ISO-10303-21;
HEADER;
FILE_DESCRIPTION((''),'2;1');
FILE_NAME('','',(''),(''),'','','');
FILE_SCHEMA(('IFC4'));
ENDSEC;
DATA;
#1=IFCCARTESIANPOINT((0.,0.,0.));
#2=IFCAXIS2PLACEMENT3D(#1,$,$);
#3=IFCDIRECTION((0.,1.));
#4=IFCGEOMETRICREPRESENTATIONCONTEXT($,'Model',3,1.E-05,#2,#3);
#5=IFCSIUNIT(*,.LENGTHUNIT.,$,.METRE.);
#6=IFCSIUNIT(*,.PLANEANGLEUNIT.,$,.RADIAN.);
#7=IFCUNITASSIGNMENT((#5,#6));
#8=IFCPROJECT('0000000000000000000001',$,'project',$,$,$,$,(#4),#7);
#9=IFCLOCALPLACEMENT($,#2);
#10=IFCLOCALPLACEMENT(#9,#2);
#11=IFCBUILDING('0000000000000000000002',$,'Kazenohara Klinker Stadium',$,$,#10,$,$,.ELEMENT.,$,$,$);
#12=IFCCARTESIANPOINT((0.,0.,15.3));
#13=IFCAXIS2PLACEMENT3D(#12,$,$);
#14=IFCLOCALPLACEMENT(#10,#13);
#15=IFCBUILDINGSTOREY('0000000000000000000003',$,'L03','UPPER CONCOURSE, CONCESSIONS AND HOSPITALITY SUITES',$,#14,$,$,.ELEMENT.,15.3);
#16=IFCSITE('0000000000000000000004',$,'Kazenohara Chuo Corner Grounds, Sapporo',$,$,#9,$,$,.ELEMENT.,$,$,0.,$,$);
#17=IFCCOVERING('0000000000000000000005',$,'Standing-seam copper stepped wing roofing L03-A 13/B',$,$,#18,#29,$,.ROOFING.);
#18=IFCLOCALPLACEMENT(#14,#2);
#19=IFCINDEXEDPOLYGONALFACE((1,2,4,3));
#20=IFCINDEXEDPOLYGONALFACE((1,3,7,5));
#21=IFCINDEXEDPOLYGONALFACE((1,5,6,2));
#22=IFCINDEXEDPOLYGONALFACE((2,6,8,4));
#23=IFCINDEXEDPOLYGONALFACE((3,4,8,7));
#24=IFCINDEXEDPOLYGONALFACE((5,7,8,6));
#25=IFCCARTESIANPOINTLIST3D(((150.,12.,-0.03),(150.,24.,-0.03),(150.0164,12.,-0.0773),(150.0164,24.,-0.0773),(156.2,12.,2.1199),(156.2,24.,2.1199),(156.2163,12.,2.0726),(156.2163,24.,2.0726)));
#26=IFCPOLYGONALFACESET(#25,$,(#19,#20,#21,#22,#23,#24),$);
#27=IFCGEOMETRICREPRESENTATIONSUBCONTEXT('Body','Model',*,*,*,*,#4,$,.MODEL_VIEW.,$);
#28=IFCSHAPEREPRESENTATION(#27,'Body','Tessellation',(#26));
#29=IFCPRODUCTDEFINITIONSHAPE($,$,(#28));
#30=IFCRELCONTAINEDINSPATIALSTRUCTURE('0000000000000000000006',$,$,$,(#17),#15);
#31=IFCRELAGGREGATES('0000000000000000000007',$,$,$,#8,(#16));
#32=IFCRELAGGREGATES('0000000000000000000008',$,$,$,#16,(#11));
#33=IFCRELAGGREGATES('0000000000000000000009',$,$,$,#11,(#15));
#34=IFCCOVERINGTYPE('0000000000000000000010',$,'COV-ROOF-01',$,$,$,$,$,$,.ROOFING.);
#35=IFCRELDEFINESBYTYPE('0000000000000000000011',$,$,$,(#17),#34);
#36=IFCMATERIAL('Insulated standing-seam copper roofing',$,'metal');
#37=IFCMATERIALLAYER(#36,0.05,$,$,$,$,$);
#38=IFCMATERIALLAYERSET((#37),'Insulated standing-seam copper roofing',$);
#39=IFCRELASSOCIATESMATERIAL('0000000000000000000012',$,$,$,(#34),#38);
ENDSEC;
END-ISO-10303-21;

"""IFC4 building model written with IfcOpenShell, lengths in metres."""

from ifc_helpers import new_model, si_unit, direction, frame, origin, place, context, subcontext, project, spatial, polyline, outline, extrude, material, layer, layer_set, type_object, element, save


model = new_model("IFC4")

# Units and contexts
model_context = context("Model", 3, precision=1e-05, world=origin(), true_north=direction((0.0, 1.0)))
body_context = subcontext(model_context, "Body", "Model", "MODEL_VIEW")
ifc_project = project(units=[si_unit("LENGTHUNIT", "METRE"), si_unit("PLANEANGLEUNIT", "RADIAN")], contexts=[model_context])

# Site, building, storey
site_placement = place(None, origin())
site = spatial("IfcSite", under=ifc_project, at=site_placement, Name="Kazenohara Chuo Corner Grounds, Sapporo", CompositionType="ELEMENT", RefElevation=0.0)
building_placement = place(site_placement, origin())
building = spatial("IfcBuilding", under=site, at=building_placement, Name="Kazenohara Klinker Stadium", CompositionType="ELEMENT")
storey_placement = place(building_placement, frame((0.0, 0.0, 15.3)))
storey = spatial("IfcBuildingStorey", under=building, at=storey_placement, Name="L03", Description="UPPER CONCOURSE, CONCESSIONS AND HOSPITALITY SUITES", CompositionType="ELEMENT", Elevation=15.3)

# Covering
ifc_material_1 = material(Name="Insulated standing-seam copper roofing", Category="metal")
ifc_layer_1 = layer(ifc_material_1, 0.05)
ifc_layer_set_1 = layer_set([ifc_layer_1], Name="Insulated standing-seam copper roofing")
covering_type = type_object("IfcCoveringType", Name="COV-ROOF-01", PredefinedType="ROOFING", material=ifc_layer_set_1)
covering_placement = place(storey_placement, frame((150.0, 12.0, -0.03), z_axis=(-0.327623, 0.0, 0.944809), x_axis=(0.944809, 0.0, 0.327623)))
element("IfcCovering", 1, at=covering_placement, inside=storey, type_object=covering_type, Name="Standing-seam copper stepped wing roofing L03-A 13/B", PredefinedType="ROOFING", context=body_context, shape_type="SweptSolid", body=[
    extrude(outline(polyline([(0.0, 0.0), (6.5621, 0.0), (6.5621, 12.0), (0.0, 12.0), (0.0, 0.0)])), origin(), (0.0, 0.0, -1.0), 0.05),
])

save(model, "model.ifc")
